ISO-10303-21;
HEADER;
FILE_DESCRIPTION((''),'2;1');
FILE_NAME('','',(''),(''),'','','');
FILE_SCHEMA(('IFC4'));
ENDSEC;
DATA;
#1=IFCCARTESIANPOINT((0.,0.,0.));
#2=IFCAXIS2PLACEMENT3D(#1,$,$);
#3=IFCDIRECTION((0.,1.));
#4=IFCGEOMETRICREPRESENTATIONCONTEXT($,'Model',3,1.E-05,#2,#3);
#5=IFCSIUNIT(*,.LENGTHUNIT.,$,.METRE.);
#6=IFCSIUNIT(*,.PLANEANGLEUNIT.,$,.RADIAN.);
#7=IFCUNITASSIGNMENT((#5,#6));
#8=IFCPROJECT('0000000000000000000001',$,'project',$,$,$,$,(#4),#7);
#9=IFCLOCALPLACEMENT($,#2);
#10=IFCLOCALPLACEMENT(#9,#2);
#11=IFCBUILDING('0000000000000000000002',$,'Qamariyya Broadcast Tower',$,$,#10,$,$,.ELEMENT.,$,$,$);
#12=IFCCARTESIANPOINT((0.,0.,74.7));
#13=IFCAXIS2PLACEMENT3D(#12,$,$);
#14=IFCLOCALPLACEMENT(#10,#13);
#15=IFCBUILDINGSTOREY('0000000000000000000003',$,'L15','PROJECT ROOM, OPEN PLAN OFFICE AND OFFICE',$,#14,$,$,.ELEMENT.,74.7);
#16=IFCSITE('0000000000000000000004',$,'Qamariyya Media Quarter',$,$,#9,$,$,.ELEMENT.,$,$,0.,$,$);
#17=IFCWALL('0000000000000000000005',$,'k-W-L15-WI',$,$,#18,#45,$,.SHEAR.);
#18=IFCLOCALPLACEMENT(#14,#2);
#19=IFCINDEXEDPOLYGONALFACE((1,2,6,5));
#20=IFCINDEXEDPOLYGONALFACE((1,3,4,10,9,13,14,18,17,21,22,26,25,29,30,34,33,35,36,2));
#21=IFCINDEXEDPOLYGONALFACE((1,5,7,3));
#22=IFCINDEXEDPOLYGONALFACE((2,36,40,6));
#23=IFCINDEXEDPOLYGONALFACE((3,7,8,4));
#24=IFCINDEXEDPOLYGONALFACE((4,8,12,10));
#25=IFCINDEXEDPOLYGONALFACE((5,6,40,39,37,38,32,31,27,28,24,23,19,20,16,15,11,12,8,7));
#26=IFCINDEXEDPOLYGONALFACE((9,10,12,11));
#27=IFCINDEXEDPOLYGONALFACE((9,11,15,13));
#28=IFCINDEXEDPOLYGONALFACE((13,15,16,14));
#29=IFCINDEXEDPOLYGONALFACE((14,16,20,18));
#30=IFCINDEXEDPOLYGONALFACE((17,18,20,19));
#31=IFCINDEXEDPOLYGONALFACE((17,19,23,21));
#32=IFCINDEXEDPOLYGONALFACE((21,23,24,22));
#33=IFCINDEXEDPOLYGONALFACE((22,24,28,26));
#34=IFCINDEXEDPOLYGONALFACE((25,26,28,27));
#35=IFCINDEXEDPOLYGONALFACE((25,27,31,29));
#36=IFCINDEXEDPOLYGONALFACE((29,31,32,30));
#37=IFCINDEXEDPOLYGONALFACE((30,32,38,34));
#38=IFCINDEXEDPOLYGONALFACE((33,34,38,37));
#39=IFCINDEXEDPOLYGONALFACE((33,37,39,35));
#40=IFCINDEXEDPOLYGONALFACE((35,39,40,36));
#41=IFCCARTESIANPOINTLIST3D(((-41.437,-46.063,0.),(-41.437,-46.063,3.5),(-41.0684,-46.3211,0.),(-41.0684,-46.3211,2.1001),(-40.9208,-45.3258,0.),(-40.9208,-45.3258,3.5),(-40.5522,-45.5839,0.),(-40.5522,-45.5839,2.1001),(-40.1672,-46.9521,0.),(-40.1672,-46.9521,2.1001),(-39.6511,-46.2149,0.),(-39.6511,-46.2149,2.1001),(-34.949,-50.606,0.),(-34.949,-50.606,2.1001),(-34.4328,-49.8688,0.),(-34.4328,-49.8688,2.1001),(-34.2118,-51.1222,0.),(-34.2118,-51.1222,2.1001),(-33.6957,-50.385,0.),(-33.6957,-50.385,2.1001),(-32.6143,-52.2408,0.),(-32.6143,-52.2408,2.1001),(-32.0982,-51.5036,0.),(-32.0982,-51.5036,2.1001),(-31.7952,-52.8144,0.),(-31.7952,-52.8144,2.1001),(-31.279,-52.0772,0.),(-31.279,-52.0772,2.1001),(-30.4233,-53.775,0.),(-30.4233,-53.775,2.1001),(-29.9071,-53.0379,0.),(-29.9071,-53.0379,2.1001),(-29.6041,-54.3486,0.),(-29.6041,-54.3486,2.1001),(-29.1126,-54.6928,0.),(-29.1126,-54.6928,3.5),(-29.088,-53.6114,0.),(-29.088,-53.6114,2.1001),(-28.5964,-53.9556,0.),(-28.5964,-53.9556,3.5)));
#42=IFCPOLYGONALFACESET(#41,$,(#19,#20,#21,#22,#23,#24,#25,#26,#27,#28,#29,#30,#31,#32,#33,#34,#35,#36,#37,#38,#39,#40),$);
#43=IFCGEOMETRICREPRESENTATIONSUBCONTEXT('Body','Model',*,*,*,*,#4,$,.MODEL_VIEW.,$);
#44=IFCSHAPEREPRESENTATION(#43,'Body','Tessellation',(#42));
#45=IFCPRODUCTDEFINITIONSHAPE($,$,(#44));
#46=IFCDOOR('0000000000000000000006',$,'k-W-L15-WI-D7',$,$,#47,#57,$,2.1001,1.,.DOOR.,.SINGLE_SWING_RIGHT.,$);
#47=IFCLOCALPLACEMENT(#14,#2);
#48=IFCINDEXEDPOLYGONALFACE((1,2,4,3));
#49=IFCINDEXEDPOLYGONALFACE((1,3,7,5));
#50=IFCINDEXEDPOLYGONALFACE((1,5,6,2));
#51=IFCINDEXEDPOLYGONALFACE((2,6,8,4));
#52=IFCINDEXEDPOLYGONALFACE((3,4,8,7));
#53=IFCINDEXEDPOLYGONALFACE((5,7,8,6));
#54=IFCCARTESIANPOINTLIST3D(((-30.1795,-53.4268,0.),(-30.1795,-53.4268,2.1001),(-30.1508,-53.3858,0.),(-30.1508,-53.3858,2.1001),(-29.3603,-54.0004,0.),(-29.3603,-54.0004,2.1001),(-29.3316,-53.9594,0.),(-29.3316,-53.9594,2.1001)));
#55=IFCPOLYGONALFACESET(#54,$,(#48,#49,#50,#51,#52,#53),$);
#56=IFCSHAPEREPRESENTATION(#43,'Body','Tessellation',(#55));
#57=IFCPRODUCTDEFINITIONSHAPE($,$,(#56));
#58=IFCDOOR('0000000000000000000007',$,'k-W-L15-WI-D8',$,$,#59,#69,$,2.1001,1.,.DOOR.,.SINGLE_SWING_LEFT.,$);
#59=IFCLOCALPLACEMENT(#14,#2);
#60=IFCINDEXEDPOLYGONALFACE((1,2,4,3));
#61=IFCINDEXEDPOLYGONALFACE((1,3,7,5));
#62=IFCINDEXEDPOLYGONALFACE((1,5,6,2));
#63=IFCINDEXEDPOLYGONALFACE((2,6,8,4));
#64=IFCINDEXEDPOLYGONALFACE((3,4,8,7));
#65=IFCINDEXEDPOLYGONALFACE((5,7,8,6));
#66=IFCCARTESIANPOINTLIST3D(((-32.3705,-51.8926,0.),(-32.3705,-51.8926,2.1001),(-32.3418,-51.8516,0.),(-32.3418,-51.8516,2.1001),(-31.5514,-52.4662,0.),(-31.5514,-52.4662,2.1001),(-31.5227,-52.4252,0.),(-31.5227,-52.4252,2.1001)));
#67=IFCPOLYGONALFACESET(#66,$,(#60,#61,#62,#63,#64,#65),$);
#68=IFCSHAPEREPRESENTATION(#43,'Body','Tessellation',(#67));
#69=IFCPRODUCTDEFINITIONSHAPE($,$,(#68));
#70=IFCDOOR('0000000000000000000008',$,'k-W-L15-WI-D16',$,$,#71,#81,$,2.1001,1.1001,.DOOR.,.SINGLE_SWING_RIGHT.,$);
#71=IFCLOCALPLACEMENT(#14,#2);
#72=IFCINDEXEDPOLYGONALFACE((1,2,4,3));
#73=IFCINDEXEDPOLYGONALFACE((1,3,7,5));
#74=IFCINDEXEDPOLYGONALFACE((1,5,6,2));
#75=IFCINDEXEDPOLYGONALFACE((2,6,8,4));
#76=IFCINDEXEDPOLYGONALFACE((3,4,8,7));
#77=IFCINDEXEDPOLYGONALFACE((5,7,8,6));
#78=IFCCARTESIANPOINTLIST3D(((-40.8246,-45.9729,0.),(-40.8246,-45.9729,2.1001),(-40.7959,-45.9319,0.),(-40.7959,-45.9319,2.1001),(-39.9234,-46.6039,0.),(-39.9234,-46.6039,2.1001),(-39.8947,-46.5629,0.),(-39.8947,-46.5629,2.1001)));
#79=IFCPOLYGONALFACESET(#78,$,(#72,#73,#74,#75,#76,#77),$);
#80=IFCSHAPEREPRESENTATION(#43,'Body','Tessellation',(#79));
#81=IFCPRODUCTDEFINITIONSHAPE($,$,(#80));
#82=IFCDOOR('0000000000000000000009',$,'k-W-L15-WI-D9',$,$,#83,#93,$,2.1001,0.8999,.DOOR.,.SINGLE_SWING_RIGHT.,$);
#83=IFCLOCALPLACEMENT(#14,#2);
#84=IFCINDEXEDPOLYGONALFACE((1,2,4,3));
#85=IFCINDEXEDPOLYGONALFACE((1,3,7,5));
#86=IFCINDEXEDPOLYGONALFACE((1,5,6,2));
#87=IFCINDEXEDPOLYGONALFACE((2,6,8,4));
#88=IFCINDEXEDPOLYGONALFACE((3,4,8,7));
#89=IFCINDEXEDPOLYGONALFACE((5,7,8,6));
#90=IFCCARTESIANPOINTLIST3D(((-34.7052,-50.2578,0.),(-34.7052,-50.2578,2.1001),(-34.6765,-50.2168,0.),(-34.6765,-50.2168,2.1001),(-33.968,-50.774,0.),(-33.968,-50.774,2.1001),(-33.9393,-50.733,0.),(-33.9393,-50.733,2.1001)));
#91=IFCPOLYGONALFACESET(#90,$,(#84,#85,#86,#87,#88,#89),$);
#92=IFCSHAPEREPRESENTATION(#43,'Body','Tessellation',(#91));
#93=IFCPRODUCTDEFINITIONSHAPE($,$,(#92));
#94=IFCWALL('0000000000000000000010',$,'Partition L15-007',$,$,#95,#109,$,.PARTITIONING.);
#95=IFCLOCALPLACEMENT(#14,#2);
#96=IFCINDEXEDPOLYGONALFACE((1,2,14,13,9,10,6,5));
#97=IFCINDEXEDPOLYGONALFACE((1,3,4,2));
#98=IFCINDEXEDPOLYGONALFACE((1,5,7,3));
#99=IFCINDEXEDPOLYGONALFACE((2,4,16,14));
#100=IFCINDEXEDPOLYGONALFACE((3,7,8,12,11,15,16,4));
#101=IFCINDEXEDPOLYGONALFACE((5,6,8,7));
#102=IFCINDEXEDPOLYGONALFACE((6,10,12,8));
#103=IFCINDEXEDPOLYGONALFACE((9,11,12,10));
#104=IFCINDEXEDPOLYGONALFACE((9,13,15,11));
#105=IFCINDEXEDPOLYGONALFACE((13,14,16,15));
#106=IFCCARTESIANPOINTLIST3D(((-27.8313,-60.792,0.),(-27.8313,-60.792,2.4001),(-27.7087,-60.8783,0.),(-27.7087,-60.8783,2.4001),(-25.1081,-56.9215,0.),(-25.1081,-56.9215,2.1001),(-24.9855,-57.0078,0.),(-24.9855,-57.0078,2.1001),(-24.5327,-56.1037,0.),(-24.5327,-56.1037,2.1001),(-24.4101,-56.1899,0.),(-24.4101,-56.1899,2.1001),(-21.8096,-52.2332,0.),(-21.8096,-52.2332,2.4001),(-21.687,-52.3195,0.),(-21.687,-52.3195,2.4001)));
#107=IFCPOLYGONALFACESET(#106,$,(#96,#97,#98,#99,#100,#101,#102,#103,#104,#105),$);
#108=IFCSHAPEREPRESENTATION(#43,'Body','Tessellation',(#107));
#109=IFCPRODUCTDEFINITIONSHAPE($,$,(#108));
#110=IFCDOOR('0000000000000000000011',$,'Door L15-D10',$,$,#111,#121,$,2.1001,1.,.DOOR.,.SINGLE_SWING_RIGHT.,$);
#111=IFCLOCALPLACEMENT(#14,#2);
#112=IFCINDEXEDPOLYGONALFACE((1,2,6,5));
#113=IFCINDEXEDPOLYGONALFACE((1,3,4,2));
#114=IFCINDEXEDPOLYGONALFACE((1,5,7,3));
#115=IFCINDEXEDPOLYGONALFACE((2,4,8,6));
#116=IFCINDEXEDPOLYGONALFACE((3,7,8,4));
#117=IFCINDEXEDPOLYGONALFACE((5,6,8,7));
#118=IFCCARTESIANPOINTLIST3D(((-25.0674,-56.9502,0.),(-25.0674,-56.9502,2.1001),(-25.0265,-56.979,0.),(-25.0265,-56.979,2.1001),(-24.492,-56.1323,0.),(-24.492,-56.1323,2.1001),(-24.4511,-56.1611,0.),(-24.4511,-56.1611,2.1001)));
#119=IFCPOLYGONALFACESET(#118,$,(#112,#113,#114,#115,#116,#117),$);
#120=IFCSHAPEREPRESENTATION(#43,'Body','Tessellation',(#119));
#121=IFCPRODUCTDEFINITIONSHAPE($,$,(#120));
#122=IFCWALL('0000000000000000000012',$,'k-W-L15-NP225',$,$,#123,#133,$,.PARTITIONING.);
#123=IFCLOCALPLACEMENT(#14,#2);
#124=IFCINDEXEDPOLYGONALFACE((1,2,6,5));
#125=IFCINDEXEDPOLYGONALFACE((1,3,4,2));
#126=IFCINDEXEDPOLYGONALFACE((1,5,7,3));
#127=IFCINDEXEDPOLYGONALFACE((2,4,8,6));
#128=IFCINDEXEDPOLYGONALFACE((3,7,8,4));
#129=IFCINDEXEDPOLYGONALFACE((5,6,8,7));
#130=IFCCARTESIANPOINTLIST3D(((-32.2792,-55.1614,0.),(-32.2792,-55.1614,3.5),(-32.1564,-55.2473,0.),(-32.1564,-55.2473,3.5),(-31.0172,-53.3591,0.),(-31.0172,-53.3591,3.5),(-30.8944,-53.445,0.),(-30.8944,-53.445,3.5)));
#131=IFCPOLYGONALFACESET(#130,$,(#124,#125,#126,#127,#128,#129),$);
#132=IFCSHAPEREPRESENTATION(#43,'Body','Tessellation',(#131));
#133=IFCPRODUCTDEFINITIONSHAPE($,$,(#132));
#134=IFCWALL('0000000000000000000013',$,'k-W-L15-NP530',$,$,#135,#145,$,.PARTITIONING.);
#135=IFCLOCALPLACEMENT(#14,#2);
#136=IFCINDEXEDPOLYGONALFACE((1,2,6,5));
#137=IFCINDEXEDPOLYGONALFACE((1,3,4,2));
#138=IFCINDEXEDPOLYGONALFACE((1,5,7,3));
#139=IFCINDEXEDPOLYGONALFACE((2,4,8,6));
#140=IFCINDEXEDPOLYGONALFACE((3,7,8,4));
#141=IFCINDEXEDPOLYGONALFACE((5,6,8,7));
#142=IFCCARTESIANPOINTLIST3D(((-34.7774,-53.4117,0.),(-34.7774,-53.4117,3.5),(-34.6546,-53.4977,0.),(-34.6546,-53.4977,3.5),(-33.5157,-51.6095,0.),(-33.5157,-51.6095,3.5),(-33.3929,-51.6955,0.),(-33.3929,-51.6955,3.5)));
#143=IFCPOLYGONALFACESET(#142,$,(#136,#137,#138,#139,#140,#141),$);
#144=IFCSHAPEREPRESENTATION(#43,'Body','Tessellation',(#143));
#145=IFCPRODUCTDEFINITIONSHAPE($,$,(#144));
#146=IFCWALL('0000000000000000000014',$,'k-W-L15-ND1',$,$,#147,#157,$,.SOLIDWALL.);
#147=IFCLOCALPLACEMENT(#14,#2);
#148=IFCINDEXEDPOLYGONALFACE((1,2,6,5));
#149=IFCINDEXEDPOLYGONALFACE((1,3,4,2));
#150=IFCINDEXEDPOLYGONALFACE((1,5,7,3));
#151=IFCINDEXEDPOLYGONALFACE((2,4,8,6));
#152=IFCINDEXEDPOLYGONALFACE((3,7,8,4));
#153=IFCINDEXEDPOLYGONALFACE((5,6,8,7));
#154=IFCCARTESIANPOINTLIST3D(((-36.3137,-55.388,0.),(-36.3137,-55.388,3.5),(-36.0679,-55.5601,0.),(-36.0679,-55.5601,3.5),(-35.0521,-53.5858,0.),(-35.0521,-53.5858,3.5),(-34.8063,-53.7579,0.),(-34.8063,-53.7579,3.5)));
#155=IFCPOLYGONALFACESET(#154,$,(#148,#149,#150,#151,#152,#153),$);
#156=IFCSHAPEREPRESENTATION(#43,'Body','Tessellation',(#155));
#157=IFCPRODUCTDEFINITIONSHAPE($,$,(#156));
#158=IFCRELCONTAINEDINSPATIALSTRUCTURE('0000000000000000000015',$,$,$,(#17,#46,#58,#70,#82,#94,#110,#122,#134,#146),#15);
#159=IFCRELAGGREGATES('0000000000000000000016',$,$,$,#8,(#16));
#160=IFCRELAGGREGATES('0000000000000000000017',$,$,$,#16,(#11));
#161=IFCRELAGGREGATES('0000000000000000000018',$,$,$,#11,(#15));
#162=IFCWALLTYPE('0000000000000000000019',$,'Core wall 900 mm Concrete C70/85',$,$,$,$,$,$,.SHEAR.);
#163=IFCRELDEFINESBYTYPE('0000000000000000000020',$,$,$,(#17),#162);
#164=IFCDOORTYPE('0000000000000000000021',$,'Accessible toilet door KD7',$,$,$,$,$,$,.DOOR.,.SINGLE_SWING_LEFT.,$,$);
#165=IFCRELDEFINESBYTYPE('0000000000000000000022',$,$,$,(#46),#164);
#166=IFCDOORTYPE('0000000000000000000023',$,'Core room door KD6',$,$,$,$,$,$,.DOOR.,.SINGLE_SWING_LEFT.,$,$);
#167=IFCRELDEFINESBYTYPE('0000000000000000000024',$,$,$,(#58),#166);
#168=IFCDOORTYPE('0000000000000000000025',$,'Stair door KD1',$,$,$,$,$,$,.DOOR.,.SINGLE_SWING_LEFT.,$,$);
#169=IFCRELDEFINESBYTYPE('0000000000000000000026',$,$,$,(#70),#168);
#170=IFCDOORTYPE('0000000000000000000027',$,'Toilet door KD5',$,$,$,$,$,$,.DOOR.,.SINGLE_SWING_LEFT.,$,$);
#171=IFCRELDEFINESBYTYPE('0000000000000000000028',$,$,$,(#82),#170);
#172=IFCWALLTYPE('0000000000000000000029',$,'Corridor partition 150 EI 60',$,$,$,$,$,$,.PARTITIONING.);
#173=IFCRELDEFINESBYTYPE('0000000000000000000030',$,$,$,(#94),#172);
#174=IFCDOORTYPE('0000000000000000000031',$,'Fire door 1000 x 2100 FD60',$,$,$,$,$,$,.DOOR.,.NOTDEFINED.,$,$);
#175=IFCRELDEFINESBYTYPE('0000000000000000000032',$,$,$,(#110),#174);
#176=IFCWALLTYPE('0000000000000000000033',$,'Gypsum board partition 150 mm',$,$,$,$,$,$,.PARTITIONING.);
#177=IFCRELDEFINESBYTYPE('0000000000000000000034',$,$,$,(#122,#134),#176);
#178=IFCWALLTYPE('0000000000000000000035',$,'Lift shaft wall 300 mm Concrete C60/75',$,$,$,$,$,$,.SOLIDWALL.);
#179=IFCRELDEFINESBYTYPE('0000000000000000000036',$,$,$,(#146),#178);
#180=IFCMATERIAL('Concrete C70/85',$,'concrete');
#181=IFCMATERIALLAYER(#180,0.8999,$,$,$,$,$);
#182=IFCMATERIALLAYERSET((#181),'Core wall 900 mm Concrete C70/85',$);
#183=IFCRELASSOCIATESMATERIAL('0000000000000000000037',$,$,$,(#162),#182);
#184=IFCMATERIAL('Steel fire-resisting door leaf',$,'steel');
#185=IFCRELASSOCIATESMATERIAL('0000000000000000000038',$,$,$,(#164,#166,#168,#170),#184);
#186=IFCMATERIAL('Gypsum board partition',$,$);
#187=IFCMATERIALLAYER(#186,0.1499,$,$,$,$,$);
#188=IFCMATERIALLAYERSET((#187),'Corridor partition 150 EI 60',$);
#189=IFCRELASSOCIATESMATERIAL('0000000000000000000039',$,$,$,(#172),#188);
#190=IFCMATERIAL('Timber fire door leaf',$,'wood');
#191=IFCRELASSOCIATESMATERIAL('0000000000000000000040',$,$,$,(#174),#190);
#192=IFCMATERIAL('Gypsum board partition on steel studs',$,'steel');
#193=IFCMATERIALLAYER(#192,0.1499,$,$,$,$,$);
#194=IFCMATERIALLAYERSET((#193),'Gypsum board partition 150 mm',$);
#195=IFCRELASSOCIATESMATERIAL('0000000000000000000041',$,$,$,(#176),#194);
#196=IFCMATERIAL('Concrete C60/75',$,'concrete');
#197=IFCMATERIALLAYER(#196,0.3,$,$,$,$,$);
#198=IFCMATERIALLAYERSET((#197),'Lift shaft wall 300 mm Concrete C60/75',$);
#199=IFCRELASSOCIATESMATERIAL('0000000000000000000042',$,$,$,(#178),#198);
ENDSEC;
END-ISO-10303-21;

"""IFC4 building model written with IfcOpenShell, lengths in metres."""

from ifc_helpers import new_model, si_unit, direction, frame, frame_2d, origin, place, context, subcontext, project, spatial, rectangle, extrude, material, layer, layer_set, type_object, element, fill, save


model = new_model("IFC4")

# Units and contexts
model_context = context("Model", 3, precision=1e-05, world=origin(), true_north=direction((0.0, 1.0)))
body_context = subcontext(model_context, "Body", "Model", "MODEL_VIEW")
ifc_project = project(units=[si_unit("LENGTHUNIT", "METRE"), si_unit("PLANEANGLEUNIT", "RADIAN")], contexts=[model_context])

# Site, building, storey
site_placement = place(None, origin())
site = spatial("IfcSite", under=ifc_project, at=site_placement, Name="Qamariyya Media Quarter", CompositionType="ELEMENT", RefElevation=0.0)
building_placement = place(site_placement, origin())
building = spatial("IfcBuilding", under=site, at=building_placement, Name="Qamariyya Broadcast Tower", CompositionType="ELEMENT")
storey_placement = place(building_placement, frame((0.0, 0.0, 74.7)))
storey = spatial("IfcBuildingStorey", under=building, at=storey_placement, Name="L15", Description="PROJECT ROOM, OPEN PLAN OFFICE AND OFFICE", CompositionType="ELEMENT", Elevation=74.7)

# Shared definitions
ifc_material_1 = material(Name="Concrete C70/85", Category="concrete")

# Wall, openings, doors
ifc_layer_1 = layer(ifc_material_1, 0.8999)
ifc_layer_set_1 = layer_set([ifc_layer_1], Name="Core wall 900 mm Concrete C70/85")
wall_type_1 = type_object("IfcWallType", Name="Core wall 900 mm Concrete C70/85", PredefinedType="SHEAR", material=ifc_layer_set_1)
wall_1_placement = place(storey_placement, frame((-28.8545, -54.3242, 0.0), z_axis=(0.0, 0.0, 1.0), x_axis=(-0.819146, 0.573585, 0.0)))
wall_1 = element("IfcWall", 1, at=wall_1_placement, inside=storey, type_object=wall_type_1, Name="k-W-L15-WI", PredefinedType="SHEAR", context=body_context, shape_type="SweptSolid", body=[
    extrude(rectangle(XDim=15.0454, YDim=0.8999, at=frame_2d((7.5227, 0.0))), origin(), (0.0, 0.0, 1.0), 3.5),
])
opening_1_placement = place(wall_1_placement, frame((0.6001, 0.0, 0.0)))
opening_1 = element("IfcOpeningElement", 2, at=opening_1_placement, cuts=wall_1, PredefinedType="OPENING", context=body_context, shape_type="SweptSolid", body=[
    extrude(rectangle(XDim=1.0, YDim=2.1001, at=frame_2d((0.5, 1.05))), frame((0.0, 0.46, 0.0), z_axis=(0.0, -1.0, 0.0), x_axis=(1.0, 0.0, 0.0)), (0.0, 0.0, 1.0), 0.9199),
])
opening_2_placement = place(wall_1_placement, frame((3.2749, 0.0, 0.0)))
opening_2 = element("IfcOpeningElement", 3, at=opening_2_placement, cuts=wall_1, PredefinedType="OPENING", context=body_context, shape_type="SweptSolid", body=[
    extrude(rectangle(XDim=1.0, YDim=2.1001, at=frame_2d((0.5, 1.05))), frame((0.0, 0.46, 0.0), z_axis=(0.0, -1.0, 0.0), x_axis=(1.0, 0.0, 0.0)), (0.0, 0.0, 1.0), 0.9199),
])
opening_3_placement = place(wall_1_placement, frame((6.2251, 0.0, 0.0)))
opening_3 = element("IfcOpeningElement", 4, at=opening_3_placement, cuts=wall_1, PredefinedType="OPENING", context=body_context, shape_type="SweptSolid", body=[
    extrude(rectangle(XDim=0.8999, YDim=2.1001, at=frame_2d((0.45, 1.05))), frame((0.0, 0.46, 0.0), z_axis=(0.0, -1.0, 0.0), x_axis=(1.0, 0.0, 0.0)), (0.0, 0.0, 1.0), 0.9199),
])
opening_4_placement = place(wall_1_placement, frame((13.4954, 0.0, 0.0)))
opening_4 = element("IfcOpeningElement", 5, at=opening_4_placement, cuts=wall_1, PredefinedType="OPENING", context=body_context, shape_type="SweptSolid", body=[
    extrude(rectangle(XDim=1.1001, YDim=2.1001, at=frame_2d((0.55, 1.05))), frame((0.0, 0.46, 0.0), z_axis=(0.0, -1.0, 0.0), x_axis=(1.0, 0.0, 0.0)), (0.0, 0.0, 1.0), 0.9199),
])
ifc_material_2 = material(Name="Steel fire-resisting door leaf", Category="steel")
door_type_1 = type_object("IfcDoorType", Name="Accessible toilet door KD7", OperationType="SINGLE_SWING_LEFT", PredefinedType="DOOR", material=ifc_material_2)
door_1_placement = place(opening_1_placement, origin())
door_1 = element("IfcDoor", 6, at=door_1_placement, inside=storey, type_object=door_type_1, Name="k-W-L15-WI-D7", OperationType="SINGLE_SWING_RIGHT", OverallHeight=2.1001, OverallWidth=1.0, PredefinedType="DOOR", context=body_context, shape_type="SweptSolid", body=[
    extrude(rectangle(XDim=1.0, YDim=2.1001, at=frame_2d((0.5, 1.05))), frame((0.0, 0.0249, 0.0), z_axis=(0.0, -1.0, 0.0), x_axis=(1.0, 0.0, 0.0)), (0.0, 0.0, 1.0), 0.05),
])
fill(opening_1, door_1)
door_type_2 = type_object("IfcDoorType", Name="Core room door KD6", OperationType="SINGLE_SWING_LEFT", PredefinedType="DOOR", material=ifc_material_2)
door_2_placement = place(opening_2_placement, origin())
door_2 = element("IfcDoor", 7, at=door_2_placement, inside=storey, type_object=door_type_2, Name="k-W-L15-WI-D8", OperationType="SINGLE_SWING_LEFT", OverallHeight=2.1001, OverallWidth=1.0, PredefinedType="DOOR", context=body_context, shape_type="SweptSolid", body=[
    extrude(rectangle(XDim=1.0, YDim=2.1001, at=frame_2d((0.5, 1.05))), frame((0.0, 0.0249, 0.0), z_axis=(0.0, -1.0, 0.0), x_axis=(1.0, 0.0, 0.0)), (0.0, 0.0, 1.0), 0.05),
])
fill(opening_2, door_2)
door_type_3 = type_object("IfcDoorType", Name="Stair door KD1", OperationType="SINGLE_SWING_LEFT", PredefinedType="DOOR", material=ifc_material_2)
door_3_placement = place(opening_4_placement, origin())
door_3 = element("IfcDoor", 8, at=door_3_placement, inside=storey, type_object=door_type_3, Name="k-W-L15-WI-D16", OperationType="SINGLE_SWING_RIGHT", OverallHeight=2.1001, OverallWidth=1.1001, PredefinedType="DOOR", context=body_context, shape_type="SweptSolid", body=[
    extrude(rectangle(XDim=1.1001, YDim=2.1001, at=frame_2d((0.55, 1.05))), frame((0.0, 0.0249, 0.0), z_axis=(0.0, -1.0, 0.0), x_axis=(1.0, 0.0, 0.0)), (0.0, 0.0, 1.0), 0.05),
])
fill(opening_4, door_3)
door_type_4 = type_object("IfcDoorType", Name="Toilet door KD5", OperationType="SINGLE_SWING_LEFT", PredefinedType="DOOR", material=ifc_material_2)
door_4_placement = place(opening_3_placement, origin())
door_4 = element("IfcDoor", 9, at=door_4_placement, inside=storey, type_object=door_type_4, Name="k-W-L15-WI-D9", OperationType="SINGLE_SWING_RIGHT", OverallHeight=2.1001, OverallWidth=0.8999, PredefinedType="DOOR", context=body_context, shape_type="SweptSolid", body=[
    extrude(rectangle(XDim=0.8999, YDim=2.1001, at=frame_2d((0.45, 1.05))), frame((0.0, 0.0249, 0.0), z_axis=(0.0, -1.0, 0.0), x_axis=(1.0, 0.0, 0.0)), (0.0, 0.0, 1.0), 0.05),
])
fill(opening_3, door_4)

# Wall, opening, door
ifc_material_3 = material(Name="Gypsum board partition")
ifc_layer_2 = layer(ifc_material_3, 0.1499)
ifc_layer_set_2 = layer_set([ifc_layer_2], Name="Corridor partition 150 EI 60")
wall_type_2 = type_object("IfcWallType", Name="Corridor partition 150 EI 60", PredefinedType="PARTITIONING", material=ifc_layer_set_2)
wall_2_placement = place(storey_placement, frame((-21.7483, -52.2764, 0.0), z_axis=(0.0, 0.0, 1.0), x_axis=(-0.575419, -0.817858, 0.0)))
wall_2 = element("IfcWall", 10, at=wall_2_placement, inside=storey, type_object=wall_type_2, Name="Partition L15-007", PredefinedType="PARTITIONING", context=body_context, shape_type="SweptSolid", body=[
    extrude(rectangle(XDim=10.4648, YDim=0.1499, at=frame_2d((5.2324, 0.0))), origin(), (0.0, 0.0, 1.0), 2.4001),
])
opening_5_placement = place(wall_2_placement, frame((4.7324, 0.0, 0.0)))
opening_5 = element("IfcOpeningElement", 11, at=opening_5_placement, cuts=wall_2, PredefinedType="OPENING", context=body_context, shape_type="SweptSolid", body=[
    extrude(rectangle(XDim=1.0, YDim=2.1001, at=frame_2d((0.5, 1.05))), frame((0.0, 0.085, 0.0), z_axis=(0.0, -1.0, 0.0), x_axis=(1.0, 0.0, 0.0)), (0.0, 0.0, 1.0), 0.1699),
])
ifc_material_4 = material(Name="Timber fire door leaf", Category="wood")
door_type_5 = type_object("IfcDoorType", Name="Fire door 1000 x 2100 FD60", OperationType="NOTDEFINED", PredefinedType="DOOR", material=ifc_material_4)
door_5_placement = place(opening_5_placement, origin())
door_5 = element("IfcDoor", 12, at=door_5_placement, inside=storey, type_object=door_type_5, Name="Door L15-D10", OperationType="SINGLE_SWING_RIGHT", OverallHeight=2.1001, OverallWidth=1.0, PredefinedType="DOOR", context=body_context, shape_type="SweptSolid", body=[
    extrude(rectangle(XDim=1.0, YDim=2.1001, at=frame_2d((0.5, 1.05))), frame((0.0, 0.0249, 0.0), z_axis=(0.0, -1.0, 0.0), x_axis=(1.0, 0.0, 0.0)), (0.0, 0.0, 1.0), 0.05),
])
fill(opening_5, door_5)

# Walls
ifc_material_5 = material(Name="Gypsum board partition on steel studs", Category="steel")
ifc_layer_3 = layer(ifc_material_5, 0.1499)
ifc_layer_set_3 = layer_set([ifc_layer_3], Name="Gypsum board partition 150 mm")
wall_type_3 = type_object("IfcWallType", Name="Gypsum board partition 150 mm", PredefinedType="PARTITIONING", material=ifc_layer_set_3)
wall_3_placement = place(storey_placement, frame((-32.2178, -55.2043, 0.0), z_axis=(0.0, 0.0, 1.0), x_axis=(0.573581, 0.819149, 0.0)))
element("IfcWall", 13, at=wall_3_placement, inside=storey, type_object=wall_type_3, Name="k-W-L15-NP225", PredefinedType="PARTITIONING", context=body_context, shape_type="SweptSolid", body=[
    extrude(rectangle(XDim=2.2002, YDim=0.1499, at=frame_2d((1.1001, 0.0))), origin(), (0.0, 0.0, 1.0), 3.5),
])
wall_4_placement = place(storey_placement, frame((-34.7161, -53.4548, 0.0), z_axis=(0.0, 0.0, 1.0), x_axis=(0.573507, 0.819201, 0.0)))
element("IfcWall", 14, at=wall_4_placement, inside=storey, type_object=wall_type_3, Name="k-W-L15-NP530", PredefinedType="PARTITIONING", context=body_context, shape_type="SweptSolid", body=[
    extrude(rectangle(XDim=2.2, YDim=0.1499, at=frame_2d((1.1001, 0.0))), origin(), (0.0, 0.0, 1.0), 3.5),
])
ifc_material_6 = material(Name="Concrete C60/75", Category="concrete")
ifc_layer_4 = layer(ifc_material_6, 0.3)
ifc_layer_set_4 = layer_set([ifc_layer_4], Name="Lift shaft wall 300 mm Concrete C60/75")
wall_type_4 = type_object("IfcWallType", Name="Lift shaft wall 300 mm Concrete C60/75", PredefinedType="SOLIDWALL", material=ifc_layer_set_4)
wall_5_placement = place(storey_placement, frame((-36.1909, -55.4741, 0.0), z_axis=(0.0, 0.0, 1.0), x_axis=(0.573507, 0.819201, 0.0)))
element("IfcWall", 15, at=wall_5_placement, inside=storey, type_object=wall_type_4, Name="k-W-L15-ND1", PredefinedType="SOLIDWALL", context=body_context, shape_type="SweptSolid", body=[
    extrude(rectangle(XDim=2.2, YDim=0.3, at=frame_2d((1.1001, 0.0))), origin(), (0.0, 0.0, 1.0), 3.5),
])

save(model, "model.ifc")
